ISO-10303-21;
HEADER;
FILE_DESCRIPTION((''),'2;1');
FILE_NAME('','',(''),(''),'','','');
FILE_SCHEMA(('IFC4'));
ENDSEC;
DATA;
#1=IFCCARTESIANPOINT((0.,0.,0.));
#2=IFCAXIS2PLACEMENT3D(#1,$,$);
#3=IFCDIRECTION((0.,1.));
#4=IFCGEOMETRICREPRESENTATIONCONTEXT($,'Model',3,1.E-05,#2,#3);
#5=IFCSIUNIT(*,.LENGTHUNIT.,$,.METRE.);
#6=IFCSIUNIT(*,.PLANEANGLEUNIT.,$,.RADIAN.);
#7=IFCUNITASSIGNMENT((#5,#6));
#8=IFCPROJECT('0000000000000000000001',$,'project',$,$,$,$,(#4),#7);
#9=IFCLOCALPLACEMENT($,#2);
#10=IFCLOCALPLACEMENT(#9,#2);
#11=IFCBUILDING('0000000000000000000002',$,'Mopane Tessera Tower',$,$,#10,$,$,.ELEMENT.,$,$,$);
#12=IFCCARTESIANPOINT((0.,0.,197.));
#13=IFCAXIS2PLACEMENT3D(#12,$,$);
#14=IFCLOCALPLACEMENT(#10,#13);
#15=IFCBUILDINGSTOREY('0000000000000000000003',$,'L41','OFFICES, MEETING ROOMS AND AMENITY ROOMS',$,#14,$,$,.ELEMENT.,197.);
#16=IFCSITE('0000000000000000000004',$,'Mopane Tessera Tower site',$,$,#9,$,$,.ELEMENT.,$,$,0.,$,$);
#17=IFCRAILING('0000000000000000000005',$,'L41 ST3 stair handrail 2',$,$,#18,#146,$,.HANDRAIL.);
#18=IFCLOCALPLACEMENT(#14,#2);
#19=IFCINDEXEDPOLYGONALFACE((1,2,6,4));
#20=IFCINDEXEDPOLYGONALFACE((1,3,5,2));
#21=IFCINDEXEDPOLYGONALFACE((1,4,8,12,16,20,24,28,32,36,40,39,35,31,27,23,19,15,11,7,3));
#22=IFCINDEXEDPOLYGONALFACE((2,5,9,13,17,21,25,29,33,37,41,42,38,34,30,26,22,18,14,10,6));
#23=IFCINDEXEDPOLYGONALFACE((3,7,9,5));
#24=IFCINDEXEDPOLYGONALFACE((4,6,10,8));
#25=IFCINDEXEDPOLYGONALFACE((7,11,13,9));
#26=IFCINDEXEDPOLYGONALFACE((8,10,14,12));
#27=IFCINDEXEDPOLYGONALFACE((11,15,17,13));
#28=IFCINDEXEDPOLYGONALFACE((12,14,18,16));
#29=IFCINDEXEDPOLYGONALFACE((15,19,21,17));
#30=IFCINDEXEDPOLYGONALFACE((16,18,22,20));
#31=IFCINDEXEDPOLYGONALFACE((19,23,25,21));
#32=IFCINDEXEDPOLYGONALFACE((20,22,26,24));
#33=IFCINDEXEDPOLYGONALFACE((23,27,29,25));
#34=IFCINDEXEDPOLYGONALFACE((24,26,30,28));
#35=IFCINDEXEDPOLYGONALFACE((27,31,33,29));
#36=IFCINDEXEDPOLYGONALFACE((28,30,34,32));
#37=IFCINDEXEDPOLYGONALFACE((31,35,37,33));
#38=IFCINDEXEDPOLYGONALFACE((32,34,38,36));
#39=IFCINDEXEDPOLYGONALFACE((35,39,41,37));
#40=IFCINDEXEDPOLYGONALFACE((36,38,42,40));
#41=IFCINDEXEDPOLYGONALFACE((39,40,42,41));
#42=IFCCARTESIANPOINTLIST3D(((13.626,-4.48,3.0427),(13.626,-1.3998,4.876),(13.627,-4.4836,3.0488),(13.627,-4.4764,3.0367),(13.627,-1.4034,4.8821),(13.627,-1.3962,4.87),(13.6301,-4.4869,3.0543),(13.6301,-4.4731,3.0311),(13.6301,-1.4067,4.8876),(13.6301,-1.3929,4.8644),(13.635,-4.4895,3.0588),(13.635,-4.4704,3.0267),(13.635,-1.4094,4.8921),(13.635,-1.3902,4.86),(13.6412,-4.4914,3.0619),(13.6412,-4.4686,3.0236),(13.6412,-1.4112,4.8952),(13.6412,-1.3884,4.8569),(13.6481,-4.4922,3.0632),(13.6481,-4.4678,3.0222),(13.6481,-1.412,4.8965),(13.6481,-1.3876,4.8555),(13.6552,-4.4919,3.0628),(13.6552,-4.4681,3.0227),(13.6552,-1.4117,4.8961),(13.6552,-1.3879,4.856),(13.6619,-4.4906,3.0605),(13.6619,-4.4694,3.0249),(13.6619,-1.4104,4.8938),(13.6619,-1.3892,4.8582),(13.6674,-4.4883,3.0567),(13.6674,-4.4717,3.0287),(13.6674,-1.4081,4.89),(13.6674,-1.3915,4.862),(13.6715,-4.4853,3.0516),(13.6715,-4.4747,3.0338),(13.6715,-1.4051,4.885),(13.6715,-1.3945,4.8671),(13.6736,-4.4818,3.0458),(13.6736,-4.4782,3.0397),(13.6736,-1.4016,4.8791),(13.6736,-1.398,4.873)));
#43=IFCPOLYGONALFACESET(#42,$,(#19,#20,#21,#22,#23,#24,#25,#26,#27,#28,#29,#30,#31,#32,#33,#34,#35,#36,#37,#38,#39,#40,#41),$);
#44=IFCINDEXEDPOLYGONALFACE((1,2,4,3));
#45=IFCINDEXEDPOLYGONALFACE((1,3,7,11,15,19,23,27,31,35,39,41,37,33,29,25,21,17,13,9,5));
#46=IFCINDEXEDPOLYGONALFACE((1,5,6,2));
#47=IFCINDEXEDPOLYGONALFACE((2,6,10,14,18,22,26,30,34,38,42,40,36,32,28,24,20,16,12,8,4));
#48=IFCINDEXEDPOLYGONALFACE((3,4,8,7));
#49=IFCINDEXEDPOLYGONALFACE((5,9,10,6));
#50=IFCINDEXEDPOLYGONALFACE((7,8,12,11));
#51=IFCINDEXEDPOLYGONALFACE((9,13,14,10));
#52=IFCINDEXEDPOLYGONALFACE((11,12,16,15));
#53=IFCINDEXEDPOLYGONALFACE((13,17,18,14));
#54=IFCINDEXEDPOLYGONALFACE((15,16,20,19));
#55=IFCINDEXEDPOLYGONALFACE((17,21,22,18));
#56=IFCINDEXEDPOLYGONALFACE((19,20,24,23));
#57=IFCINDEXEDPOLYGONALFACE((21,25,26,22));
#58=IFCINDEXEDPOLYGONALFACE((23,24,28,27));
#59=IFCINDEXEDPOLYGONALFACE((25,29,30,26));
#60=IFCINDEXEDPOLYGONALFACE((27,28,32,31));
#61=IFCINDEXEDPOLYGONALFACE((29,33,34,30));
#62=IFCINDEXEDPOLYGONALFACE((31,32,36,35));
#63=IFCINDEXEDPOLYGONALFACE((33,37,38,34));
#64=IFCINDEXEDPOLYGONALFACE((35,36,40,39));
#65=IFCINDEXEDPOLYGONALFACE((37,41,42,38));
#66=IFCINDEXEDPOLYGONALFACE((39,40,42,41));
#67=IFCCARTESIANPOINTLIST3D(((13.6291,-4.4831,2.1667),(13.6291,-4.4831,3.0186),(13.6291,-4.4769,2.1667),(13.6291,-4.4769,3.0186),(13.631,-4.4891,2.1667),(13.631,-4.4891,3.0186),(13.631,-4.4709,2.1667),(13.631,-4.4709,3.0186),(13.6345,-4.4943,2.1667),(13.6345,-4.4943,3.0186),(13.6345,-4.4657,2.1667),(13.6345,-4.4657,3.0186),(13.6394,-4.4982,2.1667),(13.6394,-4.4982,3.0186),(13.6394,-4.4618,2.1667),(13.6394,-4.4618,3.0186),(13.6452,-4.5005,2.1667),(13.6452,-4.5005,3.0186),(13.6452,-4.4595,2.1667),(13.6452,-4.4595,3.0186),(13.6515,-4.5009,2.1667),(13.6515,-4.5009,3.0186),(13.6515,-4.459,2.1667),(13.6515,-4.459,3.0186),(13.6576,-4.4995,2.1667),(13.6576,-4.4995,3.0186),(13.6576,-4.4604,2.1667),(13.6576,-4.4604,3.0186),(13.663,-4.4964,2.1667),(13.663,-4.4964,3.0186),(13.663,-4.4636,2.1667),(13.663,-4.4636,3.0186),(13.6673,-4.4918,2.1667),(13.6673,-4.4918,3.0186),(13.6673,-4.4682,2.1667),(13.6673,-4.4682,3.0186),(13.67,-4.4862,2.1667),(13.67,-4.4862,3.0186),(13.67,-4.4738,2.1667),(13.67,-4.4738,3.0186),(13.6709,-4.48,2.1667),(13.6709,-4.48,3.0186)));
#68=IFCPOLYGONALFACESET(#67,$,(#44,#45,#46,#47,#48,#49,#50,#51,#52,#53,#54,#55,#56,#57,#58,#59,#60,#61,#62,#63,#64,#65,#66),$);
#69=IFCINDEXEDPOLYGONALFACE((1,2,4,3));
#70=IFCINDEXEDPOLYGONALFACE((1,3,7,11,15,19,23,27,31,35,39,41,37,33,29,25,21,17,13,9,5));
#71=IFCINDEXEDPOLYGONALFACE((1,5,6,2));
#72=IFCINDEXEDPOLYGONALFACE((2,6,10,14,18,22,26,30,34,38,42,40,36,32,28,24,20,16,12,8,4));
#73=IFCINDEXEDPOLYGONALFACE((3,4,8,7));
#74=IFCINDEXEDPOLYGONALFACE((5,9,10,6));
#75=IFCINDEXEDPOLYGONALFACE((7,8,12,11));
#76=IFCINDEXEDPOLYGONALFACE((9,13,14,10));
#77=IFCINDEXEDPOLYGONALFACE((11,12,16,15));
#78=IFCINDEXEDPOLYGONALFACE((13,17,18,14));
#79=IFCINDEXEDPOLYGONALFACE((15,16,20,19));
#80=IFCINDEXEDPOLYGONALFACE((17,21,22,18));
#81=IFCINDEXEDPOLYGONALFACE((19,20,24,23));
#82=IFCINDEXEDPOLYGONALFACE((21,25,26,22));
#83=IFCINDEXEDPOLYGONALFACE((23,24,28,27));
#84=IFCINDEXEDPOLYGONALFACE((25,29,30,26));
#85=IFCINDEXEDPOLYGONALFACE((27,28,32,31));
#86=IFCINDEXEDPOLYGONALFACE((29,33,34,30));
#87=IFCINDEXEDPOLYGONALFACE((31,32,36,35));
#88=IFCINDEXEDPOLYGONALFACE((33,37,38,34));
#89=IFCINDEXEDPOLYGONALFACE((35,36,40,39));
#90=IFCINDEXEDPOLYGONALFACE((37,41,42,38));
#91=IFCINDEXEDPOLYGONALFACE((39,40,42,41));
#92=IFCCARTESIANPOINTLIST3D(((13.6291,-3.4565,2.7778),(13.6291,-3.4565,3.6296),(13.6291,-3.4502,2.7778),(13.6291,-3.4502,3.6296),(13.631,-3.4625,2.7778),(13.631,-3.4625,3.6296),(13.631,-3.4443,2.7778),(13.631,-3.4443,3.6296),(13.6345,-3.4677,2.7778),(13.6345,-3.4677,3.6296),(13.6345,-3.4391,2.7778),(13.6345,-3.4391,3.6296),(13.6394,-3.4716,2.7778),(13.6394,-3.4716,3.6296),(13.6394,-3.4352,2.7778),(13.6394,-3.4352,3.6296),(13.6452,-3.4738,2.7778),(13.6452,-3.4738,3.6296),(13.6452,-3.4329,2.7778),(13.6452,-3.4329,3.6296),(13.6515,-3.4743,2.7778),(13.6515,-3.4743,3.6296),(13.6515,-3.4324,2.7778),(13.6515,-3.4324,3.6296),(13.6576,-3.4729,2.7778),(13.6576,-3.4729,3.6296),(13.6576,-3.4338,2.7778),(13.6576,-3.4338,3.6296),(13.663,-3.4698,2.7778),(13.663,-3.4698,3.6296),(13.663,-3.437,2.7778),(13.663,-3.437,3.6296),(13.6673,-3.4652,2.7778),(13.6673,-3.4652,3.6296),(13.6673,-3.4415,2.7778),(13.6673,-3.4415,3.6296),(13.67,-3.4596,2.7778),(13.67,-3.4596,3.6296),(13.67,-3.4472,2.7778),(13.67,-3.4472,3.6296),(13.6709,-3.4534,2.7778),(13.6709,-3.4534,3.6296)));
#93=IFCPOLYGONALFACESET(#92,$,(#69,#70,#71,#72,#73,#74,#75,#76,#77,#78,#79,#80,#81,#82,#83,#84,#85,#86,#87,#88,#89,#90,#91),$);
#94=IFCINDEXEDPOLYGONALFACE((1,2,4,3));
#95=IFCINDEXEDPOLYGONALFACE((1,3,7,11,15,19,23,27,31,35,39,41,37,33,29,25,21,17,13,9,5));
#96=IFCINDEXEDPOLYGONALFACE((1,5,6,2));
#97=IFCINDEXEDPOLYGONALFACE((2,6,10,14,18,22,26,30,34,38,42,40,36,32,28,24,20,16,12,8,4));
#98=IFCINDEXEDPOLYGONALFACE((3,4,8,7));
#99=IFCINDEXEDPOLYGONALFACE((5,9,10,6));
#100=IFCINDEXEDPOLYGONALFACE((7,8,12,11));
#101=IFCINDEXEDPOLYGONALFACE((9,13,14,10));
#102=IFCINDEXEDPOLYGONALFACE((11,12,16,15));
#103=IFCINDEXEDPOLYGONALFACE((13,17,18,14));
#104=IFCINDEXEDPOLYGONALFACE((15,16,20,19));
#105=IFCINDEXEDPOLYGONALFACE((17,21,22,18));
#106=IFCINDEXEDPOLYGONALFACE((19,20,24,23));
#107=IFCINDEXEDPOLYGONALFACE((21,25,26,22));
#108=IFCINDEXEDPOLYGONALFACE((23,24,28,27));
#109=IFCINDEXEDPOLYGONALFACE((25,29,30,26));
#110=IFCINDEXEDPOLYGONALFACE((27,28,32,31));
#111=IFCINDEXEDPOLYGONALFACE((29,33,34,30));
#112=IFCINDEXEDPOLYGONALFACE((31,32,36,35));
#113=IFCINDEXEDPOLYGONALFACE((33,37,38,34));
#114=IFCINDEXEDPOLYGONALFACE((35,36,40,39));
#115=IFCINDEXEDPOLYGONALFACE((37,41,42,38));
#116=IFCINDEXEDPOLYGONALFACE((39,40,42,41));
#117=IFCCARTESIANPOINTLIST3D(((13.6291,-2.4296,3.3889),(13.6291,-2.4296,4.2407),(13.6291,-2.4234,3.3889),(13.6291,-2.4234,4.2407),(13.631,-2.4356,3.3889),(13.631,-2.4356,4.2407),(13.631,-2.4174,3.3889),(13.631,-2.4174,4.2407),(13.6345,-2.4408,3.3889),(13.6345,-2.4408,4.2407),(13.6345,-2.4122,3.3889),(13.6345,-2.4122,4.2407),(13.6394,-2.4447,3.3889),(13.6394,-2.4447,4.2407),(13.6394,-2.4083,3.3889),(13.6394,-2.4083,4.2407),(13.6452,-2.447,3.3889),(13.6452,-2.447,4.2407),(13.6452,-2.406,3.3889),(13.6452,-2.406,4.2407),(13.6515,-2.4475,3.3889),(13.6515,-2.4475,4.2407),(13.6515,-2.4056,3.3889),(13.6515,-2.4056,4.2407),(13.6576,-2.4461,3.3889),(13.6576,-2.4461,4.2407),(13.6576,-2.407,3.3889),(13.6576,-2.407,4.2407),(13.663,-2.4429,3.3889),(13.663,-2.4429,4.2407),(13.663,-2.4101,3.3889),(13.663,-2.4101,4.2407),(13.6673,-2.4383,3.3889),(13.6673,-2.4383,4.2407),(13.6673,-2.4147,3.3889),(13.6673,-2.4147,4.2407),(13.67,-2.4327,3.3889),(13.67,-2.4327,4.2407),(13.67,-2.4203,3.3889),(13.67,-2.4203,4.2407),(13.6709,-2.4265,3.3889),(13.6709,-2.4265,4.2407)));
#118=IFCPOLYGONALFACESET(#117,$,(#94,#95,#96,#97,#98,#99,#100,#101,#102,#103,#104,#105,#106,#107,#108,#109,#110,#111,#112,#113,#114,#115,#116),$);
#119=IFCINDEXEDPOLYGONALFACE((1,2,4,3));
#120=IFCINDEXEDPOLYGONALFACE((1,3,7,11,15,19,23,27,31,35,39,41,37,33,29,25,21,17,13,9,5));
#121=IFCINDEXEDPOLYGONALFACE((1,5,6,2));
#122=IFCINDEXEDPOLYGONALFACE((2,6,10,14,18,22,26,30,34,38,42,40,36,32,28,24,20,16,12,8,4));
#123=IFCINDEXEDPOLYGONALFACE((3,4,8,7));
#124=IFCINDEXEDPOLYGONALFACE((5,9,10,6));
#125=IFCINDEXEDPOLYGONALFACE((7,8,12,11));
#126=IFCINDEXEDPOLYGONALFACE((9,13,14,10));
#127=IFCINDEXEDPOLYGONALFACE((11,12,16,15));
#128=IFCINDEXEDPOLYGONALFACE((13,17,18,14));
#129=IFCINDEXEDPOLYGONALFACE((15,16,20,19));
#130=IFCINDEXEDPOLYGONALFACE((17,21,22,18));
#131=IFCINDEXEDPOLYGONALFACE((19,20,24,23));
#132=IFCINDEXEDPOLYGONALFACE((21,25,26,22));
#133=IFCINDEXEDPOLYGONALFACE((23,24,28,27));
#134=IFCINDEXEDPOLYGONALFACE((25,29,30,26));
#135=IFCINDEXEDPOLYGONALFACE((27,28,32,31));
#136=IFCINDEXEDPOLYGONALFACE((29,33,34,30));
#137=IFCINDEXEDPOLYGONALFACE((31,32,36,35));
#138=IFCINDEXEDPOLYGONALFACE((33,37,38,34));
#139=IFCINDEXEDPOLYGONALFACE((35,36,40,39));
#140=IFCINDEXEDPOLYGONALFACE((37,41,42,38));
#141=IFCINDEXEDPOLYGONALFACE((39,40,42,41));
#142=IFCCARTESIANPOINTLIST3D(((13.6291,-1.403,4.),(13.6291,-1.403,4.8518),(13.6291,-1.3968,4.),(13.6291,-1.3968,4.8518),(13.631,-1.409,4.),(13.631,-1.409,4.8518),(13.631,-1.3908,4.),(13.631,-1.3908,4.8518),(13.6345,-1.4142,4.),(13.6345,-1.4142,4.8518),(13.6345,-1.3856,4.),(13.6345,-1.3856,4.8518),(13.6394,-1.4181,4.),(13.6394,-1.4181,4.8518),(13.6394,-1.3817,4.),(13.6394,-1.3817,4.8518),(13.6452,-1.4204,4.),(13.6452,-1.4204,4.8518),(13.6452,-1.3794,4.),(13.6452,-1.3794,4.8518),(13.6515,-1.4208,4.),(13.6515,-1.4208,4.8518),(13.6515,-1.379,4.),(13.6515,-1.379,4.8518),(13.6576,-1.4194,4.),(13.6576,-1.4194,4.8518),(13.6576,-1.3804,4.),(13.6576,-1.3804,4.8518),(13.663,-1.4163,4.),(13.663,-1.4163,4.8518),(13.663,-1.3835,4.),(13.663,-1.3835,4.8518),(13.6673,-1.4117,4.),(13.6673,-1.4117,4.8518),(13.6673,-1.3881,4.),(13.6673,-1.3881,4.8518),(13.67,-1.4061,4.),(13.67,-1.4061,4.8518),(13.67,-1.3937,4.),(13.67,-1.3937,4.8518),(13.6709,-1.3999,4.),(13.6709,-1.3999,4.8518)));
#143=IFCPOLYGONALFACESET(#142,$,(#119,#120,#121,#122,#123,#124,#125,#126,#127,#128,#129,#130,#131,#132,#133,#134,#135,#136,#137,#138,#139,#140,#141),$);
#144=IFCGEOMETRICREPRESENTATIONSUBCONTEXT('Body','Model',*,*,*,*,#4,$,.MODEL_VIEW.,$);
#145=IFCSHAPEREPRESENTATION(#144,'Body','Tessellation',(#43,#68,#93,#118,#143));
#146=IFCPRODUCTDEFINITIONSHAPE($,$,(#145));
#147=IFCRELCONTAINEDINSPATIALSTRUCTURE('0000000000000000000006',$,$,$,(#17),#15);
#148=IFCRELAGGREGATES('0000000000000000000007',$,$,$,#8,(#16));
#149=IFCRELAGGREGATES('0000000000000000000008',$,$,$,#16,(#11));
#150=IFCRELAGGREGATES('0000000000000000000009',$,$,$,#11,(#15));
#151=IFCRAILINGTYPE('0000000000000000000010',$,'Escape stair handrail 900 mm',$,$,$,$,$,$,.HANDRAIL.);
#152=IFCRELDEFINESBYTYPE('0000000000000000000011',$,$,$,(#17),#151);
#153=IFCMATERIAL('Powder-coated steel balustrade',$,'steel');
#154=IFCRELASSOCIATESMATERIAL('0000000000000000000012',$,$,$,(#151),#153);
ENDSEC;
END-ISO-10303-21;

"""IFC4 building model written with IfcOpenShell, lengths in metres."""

from ifc_helpers import new_model, si_unit, direction, frame, origin, origin_2d, place, context, subcontext, project, spatial, circle, extrude, material, type_object, element, save


model = new_model("IFC4")

# Units and contexts
model_context = context("Model", 3, precision=1e-05, world=origin(), true_north=direction((0.0, 1.0)))
body_context = subcontext(model_context, "Body", "Model", "MODEL_VIEW")
ifc_project = project(units=[si_unit("LENGTHUNIT", "METRE"), si_unit("PLANEANGLEUNIT", "RADIAN")], contexts=[model_context])

# Site, building, storey
site_placement = place(None, origin())
site = spatial("IfcSite", under=ifc_project, at=site_placement, Name="Mopane Tessera Tower site", CompositionType="ELEMENT", RefElevation=0.0)
building_placement = place(site_placement, origin())
building = spatial("IfcBuilding", under=site, at=building_placement, Name="Mopane Tessera Tower", CompositionType="ELEMENT")
storey_placement = place(building_placement, frame((0.0, 0.0, 197.0)))
storey = spatial("IfcBuildingStorey", under=building, at=storey_placement, Name="L41", Description="OFFICES, MEETING ROOMS AND AMENITY ROOMS", CompositionType="ELEMENT", Elevation=197.0)

# Railing
ifc_material_1 = material(Name="Powder-coated steel balustrade", Category="steel")
railing_type_1 = type_object("IfcRailingType", Name="Escape stair handrail 900 mm", PredefinedType="HANDRAIL", material=ifc_material_1)
railing_1_placement = place(storey_placement, frame((13.6499, -4.48, 2.1667)))
element("IfcRailing", 1, at=railing_1_placement, inside=storey, type_object=railing_type_1, Name="L41 ST3 stair handrail 2", PredefinedType="HANDRAIL", context=body_context, shape_type="SweptSolid", body=[
    extrude(circle(Radius=0.0239, at=origin_2d()), frame((0.0, 0.0, 0.876), z_axis=(0.0, 0.859309, 0.511458), x_axis=(-1.0, 0.0, 0.0)), (0.0, 0.0, 1.0), 3.5845),
    extrude(circle(Radius=0.021, at=origin_2d()), origin(), (0.0, 0.0, 1.0), 0.8518),
    extrude(circle(Radius=0.021, at=origin_2d()), frame((0.0, 1.0266, 0.6111)), (0.0, 0.0, 1.0), 0.8518),
    extrude(circle(Radius=0.021, at=origin_2d()), frame((0.0, 2.0535, 1.2222)), (0.0, 0.0, 1.0), 0.8518),
    extrude(circle(Radius=0.021, at=origin_2d()), frame((0.0, 3.0801, 1.8333)), (0.0, 0.0, 1.0), 0.8518),
])

save(model, "model.ifc")
